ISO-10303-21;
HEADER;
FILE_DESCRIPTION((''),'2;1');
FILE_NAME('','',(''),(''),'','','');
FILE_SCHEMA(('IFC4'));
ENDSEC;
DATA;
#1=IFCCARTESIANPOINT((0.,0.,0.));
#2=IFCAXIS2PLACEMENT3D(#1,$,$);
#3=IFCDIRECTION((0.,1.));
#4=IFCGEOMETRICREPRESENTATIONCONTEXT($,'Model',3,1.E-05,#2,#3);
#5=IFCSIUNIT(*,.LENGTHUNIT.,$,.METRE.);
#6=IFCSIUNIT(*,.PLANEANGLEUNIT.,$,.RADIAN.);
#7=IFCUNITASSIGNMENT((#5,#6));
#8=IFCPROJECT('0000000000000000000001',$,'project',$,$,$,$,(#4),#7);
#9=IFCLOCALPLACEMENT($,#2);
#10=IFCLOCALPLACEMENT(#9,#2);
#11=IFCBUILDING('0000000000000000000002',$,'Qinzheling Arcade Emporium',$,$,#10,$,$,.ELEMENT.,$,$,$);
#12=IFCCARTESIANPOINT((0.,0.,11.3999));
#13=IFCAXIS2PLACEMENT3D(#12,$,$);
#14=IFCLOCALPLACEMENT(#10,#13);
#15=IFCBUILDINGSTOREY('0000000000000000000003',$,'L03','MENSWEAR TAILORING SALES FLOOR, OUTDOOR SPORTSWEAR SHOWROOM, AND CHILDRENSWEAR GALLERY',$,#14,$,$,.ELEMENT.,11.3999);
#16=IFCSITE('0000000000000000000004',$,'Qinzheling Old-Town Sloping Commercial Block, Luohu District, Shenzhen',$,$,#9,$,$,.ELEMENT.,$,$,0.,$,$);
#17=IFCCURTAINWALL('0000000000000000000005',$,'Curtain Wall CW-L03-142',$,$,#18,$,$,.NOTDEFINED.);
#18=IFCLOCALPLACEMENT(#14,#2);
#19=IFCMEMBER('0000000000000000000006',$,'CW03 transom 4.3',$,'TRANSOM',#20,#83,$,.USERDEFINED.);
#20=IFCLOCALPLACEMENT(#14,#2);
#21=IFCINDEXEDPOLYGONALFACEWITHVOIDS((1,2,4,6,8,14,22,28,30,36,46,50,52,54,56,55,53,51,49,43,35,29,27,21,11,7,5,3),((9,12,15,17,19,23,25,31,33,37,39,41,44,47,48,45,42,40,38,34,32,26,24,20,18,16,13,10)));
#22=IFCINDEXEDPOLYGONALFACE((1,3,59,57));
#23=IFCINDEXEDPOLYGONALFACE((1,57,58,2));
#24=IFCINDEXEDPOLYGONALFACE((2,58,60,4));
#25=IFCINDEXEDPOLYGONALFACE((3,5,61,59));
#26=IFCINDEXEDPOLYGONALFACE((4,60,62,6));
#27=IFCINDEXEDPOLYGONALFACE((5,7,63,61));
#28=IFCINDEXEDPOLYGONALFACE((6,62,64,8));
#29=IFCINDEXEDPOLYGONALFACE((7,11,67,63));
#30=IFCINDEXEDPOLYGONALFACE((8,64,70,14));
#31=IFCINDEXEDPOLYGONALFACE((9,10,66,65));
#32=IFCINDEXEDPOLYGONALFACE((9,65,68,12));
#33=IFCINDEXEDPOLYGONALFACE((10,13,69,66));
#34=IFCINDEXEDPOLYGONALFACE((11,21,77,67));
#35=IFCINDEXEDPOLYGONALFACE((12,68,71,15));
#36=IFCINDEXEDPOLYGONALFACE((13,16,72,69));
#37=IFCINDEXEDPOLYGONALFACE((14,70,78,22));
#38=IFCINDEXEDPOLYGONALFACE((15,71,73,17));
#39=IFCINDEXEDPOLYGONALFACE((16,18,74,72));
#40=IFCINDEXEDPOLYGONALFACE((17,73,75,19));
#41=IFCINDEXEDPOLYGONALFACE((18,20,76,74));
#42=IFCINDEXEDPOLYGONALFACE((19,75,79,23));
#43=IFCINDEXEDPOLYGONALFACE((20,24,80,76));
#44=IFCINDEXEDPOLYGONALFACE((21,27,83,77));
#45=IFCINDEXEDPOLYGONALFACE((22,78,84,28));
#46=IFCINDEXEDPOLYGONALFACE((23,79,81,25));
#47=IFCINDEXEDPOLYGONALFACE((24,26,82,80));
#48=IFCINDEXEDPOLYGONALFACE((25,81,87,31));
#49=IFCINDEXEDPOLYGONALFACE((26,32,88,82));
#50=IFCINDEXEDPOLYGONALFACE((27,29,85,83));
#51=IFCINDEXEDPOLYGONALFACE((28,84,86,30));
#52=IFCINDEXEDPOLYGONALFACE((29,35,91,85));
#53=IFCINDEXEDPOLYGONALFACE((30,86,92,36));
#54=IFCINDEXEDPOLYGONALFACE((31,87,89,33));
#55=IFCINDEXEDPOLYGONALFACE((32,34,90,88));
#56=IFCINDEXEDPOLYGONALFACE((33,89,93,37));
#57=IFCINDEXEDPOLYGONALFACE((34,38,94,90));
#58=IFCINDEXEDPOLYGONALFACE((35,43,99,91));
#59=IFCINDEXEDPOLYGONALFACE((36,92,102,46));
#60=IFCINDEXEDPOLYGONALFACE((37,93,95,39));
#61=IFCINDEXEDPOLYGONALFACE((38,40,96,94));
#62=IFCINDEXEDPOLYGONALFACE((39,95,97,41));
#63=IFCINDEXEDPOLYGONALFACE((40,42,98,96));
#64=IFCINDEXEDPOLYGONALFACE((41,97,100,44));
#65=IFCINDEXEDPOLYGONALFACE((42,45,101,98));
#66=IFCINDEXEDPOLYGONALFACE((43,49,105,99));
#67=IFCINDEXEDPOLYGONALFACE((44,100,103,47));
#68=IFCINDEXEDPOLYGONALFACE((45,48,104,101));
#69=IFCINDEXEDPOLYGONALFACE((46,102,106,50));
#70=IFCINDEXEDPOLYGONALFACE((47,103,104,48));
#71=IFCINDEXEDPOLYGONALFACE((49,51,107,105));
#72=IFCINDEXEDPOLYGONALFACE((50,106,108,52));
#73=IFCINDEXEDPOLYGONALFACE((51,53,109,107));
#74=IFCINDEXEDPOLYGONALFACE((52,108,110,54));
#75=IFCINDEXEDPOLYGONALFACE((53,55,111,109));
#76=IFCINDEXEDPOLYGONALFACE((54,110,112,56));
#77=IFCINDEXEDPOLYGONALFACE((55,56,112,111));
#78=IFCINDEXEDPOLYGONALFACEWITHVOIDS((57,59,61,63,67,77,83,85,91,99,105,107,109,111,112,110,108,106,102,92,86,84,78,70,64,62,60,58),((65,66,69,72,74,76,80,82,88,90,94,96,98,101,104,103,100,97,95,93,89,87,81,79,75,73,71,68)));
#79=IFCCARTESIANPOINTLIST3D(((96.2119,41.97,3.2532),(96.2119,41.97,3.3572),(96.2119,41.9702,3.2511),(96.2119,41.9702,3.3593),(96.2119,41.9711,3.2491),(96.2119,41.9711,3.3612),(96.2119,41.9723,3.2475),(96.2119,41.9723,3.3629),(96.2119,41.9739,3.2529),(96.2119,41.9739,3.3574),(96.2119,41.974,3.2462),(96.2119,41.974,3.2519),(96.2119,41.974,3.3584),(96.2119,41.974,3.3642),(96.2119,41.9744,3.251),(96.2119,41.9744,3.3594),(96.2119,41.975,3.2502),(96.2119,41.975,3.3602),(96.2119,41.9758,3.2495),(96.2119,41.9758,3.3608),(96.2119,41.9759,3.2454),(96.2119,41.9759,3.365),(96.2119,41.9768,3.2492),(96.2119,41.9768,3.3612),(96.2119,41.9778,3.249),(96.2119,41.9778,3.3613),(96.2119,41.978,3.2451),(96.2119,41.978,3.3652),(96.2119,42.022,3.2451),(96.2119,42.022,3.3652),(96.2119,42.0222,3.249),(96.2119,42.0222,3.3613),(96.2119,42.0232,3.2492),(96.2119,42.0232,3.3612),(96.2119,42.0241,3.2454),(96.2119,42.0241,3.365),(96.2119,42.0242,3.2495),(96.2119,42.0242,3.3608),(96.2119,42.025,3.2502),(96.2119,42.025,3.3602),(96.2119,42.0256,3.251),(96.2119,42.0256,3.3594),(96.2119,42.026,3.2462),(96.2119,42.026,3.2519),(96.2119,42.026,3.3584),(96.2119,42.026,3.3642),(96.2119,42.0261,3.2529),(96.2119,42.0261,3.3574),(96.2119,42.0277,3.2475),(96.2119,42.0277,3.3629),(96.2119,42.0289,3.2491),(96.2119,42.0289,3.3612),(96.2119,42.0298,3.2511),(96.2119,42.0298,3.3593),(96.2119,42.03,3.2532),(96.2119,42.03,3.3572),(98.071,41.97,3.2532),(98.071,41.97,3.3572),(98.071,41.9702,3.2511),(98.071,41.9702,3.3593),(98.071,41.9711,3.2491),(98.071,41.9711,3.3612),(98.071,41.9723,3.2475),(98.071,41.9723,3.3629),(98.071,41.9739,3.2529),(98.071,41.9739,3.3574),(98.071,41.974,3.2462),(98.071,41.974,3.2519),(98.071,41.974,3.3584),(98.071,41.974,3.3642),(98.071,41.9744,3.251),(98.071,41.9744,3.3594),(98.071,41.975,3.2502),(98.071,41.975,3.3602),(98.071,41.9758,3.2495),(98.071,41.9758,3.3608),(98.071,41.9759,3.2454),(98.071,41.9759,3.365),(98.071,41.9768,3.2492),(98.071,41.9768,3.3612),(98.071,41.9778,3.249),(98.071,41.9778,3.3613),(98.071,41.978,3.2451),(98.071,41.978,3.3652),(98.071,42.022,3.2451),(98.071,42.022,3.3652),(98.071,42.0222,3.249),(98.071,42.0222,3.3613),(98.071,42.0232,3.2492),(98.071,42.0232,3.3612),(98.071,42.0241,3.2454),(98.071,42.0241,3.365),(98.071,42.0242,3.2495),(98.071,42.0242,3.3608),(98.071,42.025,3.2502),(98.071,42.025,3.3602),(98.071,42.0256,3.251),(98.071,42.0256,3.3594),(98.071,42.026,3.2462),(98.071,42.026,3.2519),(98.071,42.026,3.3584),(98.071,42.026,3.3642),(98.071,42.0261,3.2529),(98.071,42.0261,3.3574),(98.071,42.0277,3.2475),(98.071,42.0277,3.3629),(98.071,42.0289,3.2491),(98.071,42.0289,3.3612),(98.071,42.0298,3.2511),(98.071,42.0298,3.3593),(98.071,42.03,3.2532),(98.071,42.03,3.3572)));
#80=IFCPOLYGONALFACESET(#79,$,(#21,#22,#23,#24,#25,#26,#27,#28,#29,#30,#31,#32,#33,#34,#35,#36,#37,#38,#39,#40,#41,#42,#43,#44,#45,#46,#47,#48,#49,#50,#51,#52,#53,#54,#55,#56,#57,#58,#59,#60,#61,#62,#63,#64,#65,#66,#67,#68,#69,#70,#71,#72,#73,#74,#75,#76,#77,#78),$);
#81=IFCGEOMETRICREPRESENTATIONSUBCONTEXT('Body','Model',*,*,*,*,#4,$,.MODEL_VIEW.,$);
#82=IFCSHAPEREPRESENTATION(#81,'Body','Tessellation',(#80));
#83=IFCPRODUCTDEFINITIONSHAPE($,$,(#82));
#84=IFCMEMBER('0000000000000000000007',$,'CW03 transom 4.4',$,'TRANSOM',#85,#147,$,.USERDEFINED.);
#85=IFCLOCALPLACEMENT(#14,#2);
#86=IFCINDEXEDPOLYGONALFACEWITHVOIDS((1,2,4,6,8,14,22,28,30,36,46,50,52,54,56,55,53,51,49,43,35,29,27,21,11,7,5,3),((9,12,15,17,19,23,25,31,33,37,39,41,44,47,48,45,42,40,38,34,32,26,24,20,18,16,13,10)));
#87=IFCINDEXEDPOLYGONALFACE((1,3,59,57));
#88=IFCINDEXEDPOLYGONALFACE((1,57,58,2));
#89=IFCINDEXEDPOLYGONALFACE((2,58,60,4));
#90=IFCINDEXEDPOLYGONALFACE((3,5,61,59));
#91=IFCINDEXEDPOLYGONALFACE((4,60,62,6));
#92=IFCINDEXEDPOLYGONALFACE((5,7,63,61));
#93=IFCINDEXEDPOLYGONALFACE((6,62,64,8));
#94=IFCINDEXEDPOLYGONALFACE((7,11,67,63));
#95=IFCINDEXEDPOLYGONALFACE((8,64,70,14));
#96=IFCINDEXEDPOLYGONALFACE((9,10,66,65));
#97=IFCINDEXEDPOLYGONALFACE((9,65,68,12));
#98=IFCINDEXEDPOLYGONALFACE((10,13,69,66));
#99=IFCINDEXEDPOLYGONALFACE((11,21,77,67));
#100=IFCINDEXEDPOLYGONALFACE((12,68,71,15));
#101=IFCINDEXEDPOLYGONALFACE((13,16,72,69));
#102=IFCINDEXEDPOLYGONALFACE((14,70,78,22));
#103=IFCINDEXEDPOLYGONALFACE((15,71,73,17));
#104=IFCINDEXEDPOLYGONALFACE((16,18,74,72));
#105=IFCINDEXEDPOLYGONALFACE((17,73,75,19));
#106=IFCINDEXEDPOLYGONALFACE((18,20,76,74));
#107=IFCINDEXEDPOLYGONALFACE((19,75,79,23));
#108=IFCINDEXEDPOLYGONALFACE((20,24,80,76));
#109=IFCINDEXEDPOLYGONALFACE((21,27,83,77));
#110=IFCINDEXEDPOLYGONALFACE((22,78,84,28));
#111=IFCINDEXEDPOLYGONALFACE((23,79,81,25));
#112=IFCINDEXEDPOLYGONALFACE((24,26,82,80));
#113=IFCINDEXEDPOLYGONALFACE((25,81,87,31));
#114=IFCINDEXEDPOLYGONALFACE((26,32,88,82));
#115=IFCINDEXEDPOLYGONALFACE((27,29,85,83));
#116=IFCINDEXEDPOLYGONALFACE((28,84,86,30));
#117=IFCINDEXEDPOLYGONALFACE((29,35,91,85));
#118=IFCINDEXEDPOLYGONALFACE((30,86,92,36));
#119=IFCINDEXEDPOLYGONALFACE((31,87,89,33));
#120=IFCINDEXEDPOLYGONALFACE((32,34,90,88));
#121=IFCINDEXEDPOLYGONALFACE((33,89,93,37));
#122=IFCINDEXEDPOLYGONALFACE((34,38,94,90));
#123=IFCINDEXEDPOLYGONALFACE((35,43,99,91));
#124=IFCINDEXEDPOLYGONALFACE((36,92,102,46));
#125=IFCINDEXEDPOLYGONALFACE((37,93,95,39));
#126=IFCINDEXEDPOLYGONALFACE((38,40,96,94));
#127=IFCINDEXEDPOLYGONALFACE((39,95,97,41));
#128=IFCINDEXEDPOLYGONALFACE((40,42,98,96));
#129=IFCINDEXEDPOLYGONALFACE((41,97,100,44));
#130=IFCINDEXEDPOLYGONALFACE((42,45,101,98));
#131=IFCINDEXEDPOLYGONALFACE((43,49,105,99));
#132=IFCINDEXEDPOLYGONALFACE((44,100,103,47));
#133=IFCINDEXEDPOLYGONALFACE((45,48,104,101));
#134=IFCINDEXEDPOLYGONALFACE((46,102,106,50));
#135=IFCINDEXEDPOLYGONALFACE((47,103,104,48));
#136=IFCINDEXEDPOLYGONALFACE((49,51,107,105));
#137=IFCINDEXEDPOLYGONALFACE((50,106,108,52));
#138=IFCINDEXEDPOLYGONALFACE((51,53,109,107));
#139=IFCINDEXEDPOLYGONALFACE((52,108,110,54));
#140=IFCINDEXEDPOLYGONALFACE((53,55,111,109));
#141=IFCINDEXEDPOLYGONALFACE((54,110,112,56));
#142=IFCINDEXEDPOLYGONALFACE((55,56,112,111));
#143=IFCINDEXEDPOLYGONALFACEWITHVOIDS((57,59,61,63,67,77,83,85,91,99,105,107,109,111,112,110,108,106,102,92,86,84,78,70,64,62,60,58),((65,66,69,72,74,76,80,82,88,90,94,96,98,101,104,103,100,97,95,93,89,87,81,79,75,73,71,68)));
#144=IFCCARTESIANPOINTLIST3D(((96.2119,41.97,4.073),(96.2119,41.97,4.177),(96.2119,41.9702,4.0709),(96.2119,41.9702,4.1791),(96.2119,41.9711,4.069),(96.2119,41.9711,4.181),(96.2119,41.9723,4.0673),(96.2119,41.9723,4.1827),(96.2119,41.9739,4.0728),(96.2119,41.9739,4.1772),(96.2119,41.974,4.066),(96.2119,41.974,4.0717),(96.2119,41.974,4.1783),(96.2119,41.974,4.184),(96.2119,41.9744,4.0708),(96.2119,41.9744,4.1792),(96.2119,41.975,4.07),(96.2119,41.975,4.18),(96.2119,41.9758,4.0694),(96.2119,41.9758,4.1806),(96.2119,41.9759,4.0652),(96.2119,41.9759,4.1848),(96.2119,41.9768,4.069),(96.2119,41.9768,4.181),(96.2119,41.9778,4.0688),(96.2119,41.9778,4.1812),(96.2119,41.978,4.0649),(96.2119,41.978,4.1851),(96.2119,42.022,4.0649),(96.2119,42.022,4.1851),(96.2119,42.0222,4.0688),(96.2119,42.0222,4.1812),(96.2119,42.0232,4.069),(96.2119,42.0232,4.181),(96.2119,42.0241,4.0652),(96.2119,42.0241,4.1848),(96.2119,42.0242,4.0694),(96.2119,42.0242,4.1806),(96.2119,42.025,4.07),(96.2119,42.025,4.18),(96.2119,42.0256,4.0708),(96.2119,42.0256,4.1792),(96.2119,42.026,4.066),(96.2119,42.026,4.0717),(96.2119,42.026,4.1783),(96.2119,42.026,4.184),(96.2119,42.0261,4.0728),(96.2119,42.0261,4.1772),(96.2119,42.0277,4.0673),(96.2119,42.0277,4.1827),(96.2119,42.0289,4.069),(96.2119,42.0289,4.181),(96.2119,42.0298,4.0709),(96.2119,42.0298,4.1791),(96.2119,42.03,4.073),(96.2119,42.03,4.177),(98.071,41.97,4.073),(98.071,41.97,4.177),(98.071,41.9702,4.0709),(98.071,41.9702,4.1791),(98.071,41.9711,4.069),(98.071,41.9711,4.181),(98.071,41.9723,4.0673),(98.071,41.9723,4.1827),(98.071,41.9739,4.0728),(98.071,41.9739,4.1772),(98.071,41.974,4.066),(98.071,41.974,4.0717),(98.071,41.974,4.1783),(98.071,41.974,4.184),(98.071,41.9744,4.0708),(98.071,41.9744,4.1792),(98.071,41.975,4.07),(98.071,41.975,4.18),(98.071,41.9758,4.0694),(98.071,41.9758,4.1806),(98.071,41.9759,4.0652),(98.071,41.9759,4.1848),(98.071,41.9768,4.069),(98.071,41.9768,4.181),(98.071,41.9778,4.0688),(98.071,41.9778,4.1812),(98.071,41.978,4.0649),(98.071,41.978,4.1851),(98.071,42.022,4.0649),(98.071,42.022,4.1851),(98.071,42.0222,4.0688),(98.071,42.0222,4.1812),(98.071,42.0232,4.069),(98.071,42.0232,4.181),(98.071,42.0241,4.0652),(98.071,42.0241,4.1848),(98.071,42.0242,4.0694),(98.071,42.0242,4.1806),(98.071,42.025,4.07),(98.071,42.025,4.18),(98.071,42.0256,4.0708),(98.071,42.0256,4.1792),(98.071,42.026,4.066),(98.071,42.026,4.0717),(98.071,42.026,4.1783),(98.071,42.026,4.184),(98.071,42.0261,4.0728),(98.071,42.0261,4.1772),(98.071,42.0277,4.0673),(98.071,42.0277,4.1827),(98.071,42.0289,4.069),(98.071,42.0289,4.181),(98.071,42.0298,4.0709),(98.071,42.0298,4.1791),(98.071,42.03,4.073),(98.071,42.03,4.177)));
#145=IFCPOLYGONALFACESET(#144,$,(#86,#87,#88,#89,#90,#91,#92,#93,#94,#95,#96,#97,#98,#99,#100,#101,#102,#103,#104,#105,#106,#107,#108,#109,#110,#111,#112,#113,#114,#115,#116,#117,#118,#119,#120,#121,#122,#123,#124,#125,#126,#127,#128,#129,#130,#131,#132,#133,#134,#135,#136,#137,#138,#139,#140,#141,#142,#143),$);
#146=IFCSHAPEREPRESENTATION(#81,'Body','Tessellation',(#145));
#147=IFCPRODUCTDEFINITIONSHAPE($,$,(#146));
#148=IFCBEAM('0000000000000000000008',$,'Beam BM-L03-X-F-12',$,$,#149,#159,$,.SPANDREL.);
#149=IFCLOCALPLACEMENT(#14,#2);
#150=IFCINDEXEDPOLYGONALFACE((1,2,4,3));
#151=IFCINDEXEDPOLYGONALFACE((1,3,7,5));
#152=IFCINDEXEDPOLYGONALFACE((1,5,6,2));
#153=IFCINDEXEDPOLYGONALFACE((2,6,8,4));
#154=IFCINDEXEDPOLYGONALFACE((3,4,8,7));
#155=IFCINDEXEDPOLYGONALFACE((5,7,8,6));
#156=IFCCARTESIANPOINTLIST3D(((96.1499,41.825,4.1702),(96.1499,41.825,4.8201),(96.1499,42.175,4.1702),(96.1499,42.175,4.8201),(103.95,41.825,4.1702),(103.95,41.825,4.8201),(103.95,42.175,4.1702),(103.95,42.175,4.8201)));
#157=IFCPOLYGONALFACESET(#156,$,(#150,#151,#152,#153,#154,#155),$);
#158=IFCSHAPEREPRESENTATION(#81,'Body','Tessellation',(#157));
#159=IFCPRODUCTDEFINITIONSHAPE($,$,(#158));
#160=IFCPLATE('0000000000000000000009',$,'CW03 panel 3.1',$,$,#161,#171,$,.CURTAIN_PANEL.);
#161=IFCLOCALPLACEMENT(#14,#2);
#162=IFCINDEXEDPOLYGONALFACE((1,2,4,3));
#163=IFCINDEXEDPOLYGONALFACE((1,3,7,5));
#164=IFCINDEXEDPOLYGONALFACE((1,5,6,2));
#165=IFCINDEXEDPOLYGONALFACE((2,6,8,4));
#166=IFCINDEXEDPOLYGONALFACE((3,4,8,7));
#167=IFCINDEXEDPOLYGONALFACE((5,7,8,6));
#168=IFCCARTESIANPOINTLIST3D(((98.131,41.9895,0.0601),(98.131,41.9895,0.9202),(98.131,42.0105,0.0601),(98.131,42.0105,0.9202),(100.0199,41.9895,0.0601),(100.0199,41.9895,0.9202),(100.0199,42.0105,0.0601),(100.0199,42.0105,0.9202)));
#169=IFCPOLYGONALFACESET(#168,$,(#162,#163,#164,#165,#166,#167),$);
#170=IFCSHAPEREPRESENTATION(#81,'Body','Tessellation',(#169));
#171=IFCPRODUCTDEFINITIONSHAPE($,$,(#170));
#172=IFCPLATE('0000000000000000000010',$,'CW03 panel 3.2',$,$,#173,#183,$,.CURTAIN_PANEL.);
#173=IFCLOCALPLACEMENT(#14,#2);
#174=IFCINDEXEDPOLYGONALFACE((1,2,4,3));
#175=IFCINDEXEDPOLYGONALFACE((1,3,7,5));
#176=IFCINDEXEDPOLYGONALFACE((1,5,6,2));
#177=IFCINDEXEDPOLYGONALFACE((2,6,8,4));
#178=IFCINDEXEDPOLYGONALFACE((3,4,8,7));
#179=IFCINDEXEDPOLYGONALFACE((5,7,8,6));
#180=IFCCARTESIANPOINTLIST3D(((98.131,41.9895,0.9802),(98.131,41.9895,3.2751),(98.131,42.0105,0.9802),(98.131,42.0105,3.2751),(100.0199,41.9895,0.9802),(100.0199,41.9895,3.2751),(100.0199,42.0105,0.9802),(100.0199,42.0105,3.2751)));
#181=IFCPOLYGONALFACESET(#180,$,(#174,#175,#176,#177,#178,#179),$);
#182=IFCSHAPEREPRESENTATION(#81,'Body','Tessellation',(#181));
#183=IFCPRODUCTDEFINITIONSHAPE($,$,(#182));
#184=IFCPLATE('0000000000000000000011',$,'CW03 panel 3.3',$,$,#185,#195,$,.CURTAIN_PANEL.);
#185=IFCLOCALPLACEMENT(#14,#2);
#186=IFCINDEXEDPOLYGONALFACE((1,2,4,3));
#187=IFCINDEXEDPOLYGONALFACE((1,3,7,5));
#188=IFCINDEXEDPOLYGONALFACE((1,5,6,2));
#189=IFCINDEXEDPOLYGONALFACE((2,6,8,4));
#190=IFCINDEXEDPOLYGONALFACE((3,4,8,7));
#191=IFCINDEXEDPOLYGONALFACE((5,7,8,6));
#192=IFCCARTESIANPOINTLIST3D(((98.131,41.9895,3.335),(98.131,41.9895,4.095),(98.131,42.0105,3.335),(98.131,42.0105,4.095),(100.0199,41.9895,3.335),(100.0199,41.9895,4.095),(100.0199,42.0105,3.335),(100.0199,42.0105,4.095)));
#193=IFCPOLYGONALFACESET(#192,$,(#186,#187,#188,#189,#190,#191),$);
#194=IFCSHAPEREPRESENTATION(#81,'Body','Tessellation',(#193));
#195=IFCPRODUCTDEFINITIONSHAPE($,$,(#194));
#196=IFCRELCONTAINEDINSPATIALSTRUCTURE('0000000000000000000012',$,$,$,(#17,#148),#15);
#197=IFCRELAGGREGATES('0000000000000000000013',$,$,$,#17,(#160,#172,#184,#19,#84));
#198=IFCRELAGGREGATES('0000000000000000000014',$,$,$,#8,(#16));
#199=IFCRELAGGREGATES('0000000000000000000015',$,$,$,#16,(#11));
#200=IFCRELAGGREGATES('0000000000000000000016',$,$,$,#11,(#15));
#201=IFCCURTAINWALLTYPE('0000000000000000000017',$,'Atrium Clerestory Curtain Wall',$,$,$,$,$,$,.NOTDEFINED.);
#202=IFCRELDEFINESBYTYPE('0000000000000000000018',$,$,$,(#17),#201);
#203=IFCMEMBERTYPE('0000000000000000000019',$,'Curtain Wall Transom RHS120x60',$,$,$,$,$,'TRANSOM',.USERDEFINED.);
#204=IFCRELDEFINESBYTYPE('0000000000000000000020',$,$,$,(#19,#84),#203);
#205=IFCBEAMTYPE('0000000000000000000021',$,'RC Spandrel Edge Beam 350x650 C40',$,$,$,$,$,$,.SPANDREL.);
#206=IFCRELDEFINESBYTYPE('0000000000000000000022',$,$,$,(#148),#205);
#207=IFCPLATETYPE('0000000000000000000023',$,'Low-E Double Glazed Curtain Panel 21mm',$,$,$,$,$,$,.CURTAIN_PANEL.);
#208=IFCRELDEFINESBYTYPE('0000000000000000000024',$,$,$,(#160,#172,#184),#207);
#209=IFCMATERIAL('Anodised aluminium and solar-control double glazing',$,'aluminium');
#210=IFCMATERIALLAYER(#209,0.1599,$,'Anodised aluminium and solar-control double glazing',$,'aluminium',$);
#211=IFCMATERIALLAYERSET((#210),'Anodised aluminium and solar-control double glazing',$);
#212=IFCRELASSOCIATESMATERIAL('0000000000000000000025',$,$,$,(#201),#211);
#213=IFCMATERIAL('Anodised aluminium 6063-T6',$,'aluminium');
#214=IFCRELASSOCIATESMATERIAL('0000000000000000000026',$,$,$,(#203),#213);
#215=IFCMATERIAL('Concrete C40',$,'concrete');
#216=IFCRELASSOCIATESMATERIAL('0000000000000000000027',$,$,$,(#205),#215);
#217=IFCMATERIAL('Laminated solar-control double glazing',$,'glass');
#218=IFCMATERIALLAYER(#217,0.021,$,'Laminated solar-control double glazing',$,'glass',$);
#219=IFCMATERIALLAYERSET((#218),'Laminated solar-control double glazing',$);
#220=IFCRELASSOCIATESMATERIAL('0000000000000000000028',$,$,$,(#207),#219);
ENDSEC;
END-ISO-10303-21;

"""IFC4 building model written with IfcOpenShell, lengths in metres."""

from ifc_helpers import new_model, si_unit, direction, frame, origin, origin_2d, place, context, subcontext, project, spatial, rectangle, hollow_rectangle, extrude, material, layer, layer_set, material_profile, profile_set, type_object, element, aggregate, save


model = new_model("IFC4")

# Units and contexts
model_context = context("Model", 3, precision=1e-05, world=origin(), true_north=direction((0.0, 1.0)))
body_context = subcontext(model_context, "Body", "Model", "MODEL_VIEW")
ifc_project = project(units=[si_unit("LENGTHUNIT", "METRE"), si_unit("PLANEANGLEUNIT", "RADIAN")], contexts=[model_context])

# Site, building, storey
site_placement = place(None, origin())
site = spatial("IfcSite", under=ifc_project, at=site_placement, Name="Qinzheling Old-Town Sloping Commercial Block, Luohu District, Shenzhen", CompositionType="ELEMENT", RefElevation=0.0)
building_placement = place(site_placement, origin())
building = spatial("IfcBuilding", under=site, at=building_placement, Name="Qinzheling Arcade Emporium", CompositionType="ELEMENT")
storey_placement = place(building_placement, frame((0.0, 0.0, 11.3999)))
storey = spatial("IfcBuildingStorey", under=building, at=storey_placement, Name="L03", Description="MENSWEAR TAILORING SALES FLOOR, OUTDOOR SPORTSWEAR SHOWROOM, AND CHILDRENSWEAR GALLERY", CompositionType="ELEMENT", Elevation=11.3999)

# Curtain wall, members
ifc_material_1 = material(Name="Anodised aluminium and solar-control double glazing", Category="aluminium")
ifc_layer_1 = layer(ifc_material_1, 0.1599, Name="Anodised aluminium and solar-control double glazing", Category="aluminium")
ifc_layer_set_1 = layer_set([ifc_layer_1], Name="Anodised aluminium and solar-control double glazing")
curtain_wall_type = type_object("IfcCurtainWallType", Name="Atrium Clerestory Curtain Wall", PredefinedType="NOTDEFINED", material=ifc_layer_set_1)
curtain_wall_placement = place(storey_placement, origin())
curtain_wall = element("IfcCurtainWall", 1, at=curtain_wall_placement, inside=storey, type_object=curtain_wall_type, Name="Curtain Wall CW-L03-142", PredefinedType="NOTDEFINED")
ifc_material_2 = material(Name="Anodised aluminium 6063-T6", Category="aluminium")
ifc_material_profile_1 = material_profile(ifc_material_2, hollow_rectangle(XDim=0.0601, YDim=0.1201, WallThickness=0.0039, InnerFilletRadius=0.0039, OuterFilletRadius=0.0081, at=origin_2d()), Name="RHS 120x60x4", Category="aluminium")
ifc_profile_set_1 = profile_set([ifc_material_profile_1], Name="Anodised aluminium 6063-T6")
member_type_1 = type_object("IfcMemberType", Name="Curtain Wall Transom RHS120x60", ElementType="TRANSOM", PredefinedType="USERDEFINED", material=ifc_profile_set_1)
member_1_placement = place(storey_placement, frame((98.071, 42.0, 3.3052), z_axis=(-1.0, 0.0, 0.0), x_axis=(0.0, -1.0, 0.0)))
member_1 = element("IfcMember", 2, at=member_1_placement, type_object=member_type_1, Name="CW03 transom 4.3", ObjectType="TRANSOM", PredefinedType="USERDEFINED", context=body_context, shape_type="SweptSolid", body=[
    extrude(hollow_rectangle(XDim=0.0601, YDim=0.1201, WallThickness=0.0039, InnerFilletRadius=0.0039, OuterFilletRadius=0.0081, at=origin_2d()), origin(), (0.0, 0.0, 1.0), 1.8591),
])
member_2_placement = place(storey_placement, frame((98.071, 42.0, 4.125), z_axis=(-1.0, 0.0, 0.0), x_axis=(0.0, -1.0, 0.0)))
member_2 = element("IfcMember", 3, at=member_2_placement, type_object=member_type_1, Name="CW03 transom 4.4", ObjectType="TRANSOM", PredefinedType="USERDEFINED", context=body_context, shape_type="SweptSolid", body=[
    extrude(hollow_rectangle(XDim=0.0601, YDim=0.1201, WallThickness=0.0039, InnerFilletRadius=0.0039, OuterFilletRadius=0.0081, at=origin_2d()), origin(), (0.0, 0.0, 1.0), 1.8591),
])

# Beam
ifc_material_3 = material(Name="Concrete C40", Category="concrete")
ifc_material_profile_2 = material_profile(ifc_material_3, rectangle(XDim=0.3501, YDim=0.6499, at=origin_2d()), Name="RC 350x650", Category="concrete")
ifc_profile_set_2 = profile_set([ifc_material_profile_2], Name="Concrete C40")
beam_type = type_object("IfcBeamType", Name="RC Spandrel Edge Beam 350x650 C40", PredefinedType="SPANDREL", material=ifc_profile_set_2)
beam_placement = place(storey_placement, frame((96.1499, 42.0, 4.4951), z_axis=(1.0, 0.0, 0.0), x_axis=(0.0, 1.0, 0.0)))
element("IfcBeam", 4, at=beam_placement, inside=storey, type_object=beam_type, Name="Beam BM-L03-X-F-12", PredefinedType="SPANDREL", context=body_context, shape_type="SweptSolid", body=[
    extrude(rectangle(XDim=0.3501, YDim=0.6499, at=origin_2d()), origin(), (0.0, 0.0, 1.0), 7.8),
])

# Plates
ifc_material_4 = material(Name="Laminated solar-control double glazing", Category="glass")
ifc_layer_2 = layer(ifc_material_4, 0.021, Name="Laminated solar-control double glazing", Category="glass")
ifc_layer_set_2 = layer_set([ifc_layer_2], Name="Laminated solar-control double glazing")
plate_type = type_object("IfcPlateType", Name="Low-E Double Glazed Curtain Panel 21mm", PredefinedType="CURTAIN_PANEL", material=ifc_layer_set_2)
plate_1_placement = place(storey_placement, frame((99.0754, 42.0, 0.0601), z_axis=(0.0, 0.0, 1.0), x_axis=(-1.0, 0.0, 0.0)))
plate_1 = element("IfcPlate", 5, at=plate_1_placement, type_object=plate_type, Name="CW03 panel 3.1", PredefinedType="CURTAIN_PANEL", context=body_context, shape_type="SweptSolid", body=[
    extrude(rectangle(XDim=1.8889, YDim=0.021, at=origin_2d()), origin(), (0.0, 0.0, 1.0), 0.8601),
])
plate_2_placement = place(storey_placement, frame((99.0754, 42.0, 0.9802), z_axis=(0.0, 0.0, 1.0), x_axis=(-1.0, 0.0, 0.0)))
plate_2 = element("IfcPlate", 6, at=plate_2_placement, type_object=plate_type, Name="CW03 panel 3.2", PredefinedType="CURTAIN_PANEL", context=body_context, shape_type="SweptSolid", body=[
    extrude(rectangle(XDim=1.8889, YDim=0.021, at=origin_2d()), origin(), (0.0, 0.0, 1.0), 2.2949),
])
plate_3_placement = place(storey_placement, frame((99.0754, 42.0, 3.335), z_axis=(0.0, 0.0, 1.0), x_axis=(-1.0, 0.0, 0.0)))
plate_3 = element("IfcPlate", 7, at=plate_3_placement, type_object=plate_type, Name="CW03 panel 3.3", PredefinedType="CURTAIN_PANEL", context=body_context, shape_type="SweptSolid", body=[
    extrude(rectangle(XDim=1.8889, YDim=0.021, at=origin_2d()), origin(), (0.0, 0.0, 1.0), 0.76),
])
aggregate(curtain_wall, [plate_1, plate_2, plate_3, member_1, member_2])

save(model, "model.ifc")
